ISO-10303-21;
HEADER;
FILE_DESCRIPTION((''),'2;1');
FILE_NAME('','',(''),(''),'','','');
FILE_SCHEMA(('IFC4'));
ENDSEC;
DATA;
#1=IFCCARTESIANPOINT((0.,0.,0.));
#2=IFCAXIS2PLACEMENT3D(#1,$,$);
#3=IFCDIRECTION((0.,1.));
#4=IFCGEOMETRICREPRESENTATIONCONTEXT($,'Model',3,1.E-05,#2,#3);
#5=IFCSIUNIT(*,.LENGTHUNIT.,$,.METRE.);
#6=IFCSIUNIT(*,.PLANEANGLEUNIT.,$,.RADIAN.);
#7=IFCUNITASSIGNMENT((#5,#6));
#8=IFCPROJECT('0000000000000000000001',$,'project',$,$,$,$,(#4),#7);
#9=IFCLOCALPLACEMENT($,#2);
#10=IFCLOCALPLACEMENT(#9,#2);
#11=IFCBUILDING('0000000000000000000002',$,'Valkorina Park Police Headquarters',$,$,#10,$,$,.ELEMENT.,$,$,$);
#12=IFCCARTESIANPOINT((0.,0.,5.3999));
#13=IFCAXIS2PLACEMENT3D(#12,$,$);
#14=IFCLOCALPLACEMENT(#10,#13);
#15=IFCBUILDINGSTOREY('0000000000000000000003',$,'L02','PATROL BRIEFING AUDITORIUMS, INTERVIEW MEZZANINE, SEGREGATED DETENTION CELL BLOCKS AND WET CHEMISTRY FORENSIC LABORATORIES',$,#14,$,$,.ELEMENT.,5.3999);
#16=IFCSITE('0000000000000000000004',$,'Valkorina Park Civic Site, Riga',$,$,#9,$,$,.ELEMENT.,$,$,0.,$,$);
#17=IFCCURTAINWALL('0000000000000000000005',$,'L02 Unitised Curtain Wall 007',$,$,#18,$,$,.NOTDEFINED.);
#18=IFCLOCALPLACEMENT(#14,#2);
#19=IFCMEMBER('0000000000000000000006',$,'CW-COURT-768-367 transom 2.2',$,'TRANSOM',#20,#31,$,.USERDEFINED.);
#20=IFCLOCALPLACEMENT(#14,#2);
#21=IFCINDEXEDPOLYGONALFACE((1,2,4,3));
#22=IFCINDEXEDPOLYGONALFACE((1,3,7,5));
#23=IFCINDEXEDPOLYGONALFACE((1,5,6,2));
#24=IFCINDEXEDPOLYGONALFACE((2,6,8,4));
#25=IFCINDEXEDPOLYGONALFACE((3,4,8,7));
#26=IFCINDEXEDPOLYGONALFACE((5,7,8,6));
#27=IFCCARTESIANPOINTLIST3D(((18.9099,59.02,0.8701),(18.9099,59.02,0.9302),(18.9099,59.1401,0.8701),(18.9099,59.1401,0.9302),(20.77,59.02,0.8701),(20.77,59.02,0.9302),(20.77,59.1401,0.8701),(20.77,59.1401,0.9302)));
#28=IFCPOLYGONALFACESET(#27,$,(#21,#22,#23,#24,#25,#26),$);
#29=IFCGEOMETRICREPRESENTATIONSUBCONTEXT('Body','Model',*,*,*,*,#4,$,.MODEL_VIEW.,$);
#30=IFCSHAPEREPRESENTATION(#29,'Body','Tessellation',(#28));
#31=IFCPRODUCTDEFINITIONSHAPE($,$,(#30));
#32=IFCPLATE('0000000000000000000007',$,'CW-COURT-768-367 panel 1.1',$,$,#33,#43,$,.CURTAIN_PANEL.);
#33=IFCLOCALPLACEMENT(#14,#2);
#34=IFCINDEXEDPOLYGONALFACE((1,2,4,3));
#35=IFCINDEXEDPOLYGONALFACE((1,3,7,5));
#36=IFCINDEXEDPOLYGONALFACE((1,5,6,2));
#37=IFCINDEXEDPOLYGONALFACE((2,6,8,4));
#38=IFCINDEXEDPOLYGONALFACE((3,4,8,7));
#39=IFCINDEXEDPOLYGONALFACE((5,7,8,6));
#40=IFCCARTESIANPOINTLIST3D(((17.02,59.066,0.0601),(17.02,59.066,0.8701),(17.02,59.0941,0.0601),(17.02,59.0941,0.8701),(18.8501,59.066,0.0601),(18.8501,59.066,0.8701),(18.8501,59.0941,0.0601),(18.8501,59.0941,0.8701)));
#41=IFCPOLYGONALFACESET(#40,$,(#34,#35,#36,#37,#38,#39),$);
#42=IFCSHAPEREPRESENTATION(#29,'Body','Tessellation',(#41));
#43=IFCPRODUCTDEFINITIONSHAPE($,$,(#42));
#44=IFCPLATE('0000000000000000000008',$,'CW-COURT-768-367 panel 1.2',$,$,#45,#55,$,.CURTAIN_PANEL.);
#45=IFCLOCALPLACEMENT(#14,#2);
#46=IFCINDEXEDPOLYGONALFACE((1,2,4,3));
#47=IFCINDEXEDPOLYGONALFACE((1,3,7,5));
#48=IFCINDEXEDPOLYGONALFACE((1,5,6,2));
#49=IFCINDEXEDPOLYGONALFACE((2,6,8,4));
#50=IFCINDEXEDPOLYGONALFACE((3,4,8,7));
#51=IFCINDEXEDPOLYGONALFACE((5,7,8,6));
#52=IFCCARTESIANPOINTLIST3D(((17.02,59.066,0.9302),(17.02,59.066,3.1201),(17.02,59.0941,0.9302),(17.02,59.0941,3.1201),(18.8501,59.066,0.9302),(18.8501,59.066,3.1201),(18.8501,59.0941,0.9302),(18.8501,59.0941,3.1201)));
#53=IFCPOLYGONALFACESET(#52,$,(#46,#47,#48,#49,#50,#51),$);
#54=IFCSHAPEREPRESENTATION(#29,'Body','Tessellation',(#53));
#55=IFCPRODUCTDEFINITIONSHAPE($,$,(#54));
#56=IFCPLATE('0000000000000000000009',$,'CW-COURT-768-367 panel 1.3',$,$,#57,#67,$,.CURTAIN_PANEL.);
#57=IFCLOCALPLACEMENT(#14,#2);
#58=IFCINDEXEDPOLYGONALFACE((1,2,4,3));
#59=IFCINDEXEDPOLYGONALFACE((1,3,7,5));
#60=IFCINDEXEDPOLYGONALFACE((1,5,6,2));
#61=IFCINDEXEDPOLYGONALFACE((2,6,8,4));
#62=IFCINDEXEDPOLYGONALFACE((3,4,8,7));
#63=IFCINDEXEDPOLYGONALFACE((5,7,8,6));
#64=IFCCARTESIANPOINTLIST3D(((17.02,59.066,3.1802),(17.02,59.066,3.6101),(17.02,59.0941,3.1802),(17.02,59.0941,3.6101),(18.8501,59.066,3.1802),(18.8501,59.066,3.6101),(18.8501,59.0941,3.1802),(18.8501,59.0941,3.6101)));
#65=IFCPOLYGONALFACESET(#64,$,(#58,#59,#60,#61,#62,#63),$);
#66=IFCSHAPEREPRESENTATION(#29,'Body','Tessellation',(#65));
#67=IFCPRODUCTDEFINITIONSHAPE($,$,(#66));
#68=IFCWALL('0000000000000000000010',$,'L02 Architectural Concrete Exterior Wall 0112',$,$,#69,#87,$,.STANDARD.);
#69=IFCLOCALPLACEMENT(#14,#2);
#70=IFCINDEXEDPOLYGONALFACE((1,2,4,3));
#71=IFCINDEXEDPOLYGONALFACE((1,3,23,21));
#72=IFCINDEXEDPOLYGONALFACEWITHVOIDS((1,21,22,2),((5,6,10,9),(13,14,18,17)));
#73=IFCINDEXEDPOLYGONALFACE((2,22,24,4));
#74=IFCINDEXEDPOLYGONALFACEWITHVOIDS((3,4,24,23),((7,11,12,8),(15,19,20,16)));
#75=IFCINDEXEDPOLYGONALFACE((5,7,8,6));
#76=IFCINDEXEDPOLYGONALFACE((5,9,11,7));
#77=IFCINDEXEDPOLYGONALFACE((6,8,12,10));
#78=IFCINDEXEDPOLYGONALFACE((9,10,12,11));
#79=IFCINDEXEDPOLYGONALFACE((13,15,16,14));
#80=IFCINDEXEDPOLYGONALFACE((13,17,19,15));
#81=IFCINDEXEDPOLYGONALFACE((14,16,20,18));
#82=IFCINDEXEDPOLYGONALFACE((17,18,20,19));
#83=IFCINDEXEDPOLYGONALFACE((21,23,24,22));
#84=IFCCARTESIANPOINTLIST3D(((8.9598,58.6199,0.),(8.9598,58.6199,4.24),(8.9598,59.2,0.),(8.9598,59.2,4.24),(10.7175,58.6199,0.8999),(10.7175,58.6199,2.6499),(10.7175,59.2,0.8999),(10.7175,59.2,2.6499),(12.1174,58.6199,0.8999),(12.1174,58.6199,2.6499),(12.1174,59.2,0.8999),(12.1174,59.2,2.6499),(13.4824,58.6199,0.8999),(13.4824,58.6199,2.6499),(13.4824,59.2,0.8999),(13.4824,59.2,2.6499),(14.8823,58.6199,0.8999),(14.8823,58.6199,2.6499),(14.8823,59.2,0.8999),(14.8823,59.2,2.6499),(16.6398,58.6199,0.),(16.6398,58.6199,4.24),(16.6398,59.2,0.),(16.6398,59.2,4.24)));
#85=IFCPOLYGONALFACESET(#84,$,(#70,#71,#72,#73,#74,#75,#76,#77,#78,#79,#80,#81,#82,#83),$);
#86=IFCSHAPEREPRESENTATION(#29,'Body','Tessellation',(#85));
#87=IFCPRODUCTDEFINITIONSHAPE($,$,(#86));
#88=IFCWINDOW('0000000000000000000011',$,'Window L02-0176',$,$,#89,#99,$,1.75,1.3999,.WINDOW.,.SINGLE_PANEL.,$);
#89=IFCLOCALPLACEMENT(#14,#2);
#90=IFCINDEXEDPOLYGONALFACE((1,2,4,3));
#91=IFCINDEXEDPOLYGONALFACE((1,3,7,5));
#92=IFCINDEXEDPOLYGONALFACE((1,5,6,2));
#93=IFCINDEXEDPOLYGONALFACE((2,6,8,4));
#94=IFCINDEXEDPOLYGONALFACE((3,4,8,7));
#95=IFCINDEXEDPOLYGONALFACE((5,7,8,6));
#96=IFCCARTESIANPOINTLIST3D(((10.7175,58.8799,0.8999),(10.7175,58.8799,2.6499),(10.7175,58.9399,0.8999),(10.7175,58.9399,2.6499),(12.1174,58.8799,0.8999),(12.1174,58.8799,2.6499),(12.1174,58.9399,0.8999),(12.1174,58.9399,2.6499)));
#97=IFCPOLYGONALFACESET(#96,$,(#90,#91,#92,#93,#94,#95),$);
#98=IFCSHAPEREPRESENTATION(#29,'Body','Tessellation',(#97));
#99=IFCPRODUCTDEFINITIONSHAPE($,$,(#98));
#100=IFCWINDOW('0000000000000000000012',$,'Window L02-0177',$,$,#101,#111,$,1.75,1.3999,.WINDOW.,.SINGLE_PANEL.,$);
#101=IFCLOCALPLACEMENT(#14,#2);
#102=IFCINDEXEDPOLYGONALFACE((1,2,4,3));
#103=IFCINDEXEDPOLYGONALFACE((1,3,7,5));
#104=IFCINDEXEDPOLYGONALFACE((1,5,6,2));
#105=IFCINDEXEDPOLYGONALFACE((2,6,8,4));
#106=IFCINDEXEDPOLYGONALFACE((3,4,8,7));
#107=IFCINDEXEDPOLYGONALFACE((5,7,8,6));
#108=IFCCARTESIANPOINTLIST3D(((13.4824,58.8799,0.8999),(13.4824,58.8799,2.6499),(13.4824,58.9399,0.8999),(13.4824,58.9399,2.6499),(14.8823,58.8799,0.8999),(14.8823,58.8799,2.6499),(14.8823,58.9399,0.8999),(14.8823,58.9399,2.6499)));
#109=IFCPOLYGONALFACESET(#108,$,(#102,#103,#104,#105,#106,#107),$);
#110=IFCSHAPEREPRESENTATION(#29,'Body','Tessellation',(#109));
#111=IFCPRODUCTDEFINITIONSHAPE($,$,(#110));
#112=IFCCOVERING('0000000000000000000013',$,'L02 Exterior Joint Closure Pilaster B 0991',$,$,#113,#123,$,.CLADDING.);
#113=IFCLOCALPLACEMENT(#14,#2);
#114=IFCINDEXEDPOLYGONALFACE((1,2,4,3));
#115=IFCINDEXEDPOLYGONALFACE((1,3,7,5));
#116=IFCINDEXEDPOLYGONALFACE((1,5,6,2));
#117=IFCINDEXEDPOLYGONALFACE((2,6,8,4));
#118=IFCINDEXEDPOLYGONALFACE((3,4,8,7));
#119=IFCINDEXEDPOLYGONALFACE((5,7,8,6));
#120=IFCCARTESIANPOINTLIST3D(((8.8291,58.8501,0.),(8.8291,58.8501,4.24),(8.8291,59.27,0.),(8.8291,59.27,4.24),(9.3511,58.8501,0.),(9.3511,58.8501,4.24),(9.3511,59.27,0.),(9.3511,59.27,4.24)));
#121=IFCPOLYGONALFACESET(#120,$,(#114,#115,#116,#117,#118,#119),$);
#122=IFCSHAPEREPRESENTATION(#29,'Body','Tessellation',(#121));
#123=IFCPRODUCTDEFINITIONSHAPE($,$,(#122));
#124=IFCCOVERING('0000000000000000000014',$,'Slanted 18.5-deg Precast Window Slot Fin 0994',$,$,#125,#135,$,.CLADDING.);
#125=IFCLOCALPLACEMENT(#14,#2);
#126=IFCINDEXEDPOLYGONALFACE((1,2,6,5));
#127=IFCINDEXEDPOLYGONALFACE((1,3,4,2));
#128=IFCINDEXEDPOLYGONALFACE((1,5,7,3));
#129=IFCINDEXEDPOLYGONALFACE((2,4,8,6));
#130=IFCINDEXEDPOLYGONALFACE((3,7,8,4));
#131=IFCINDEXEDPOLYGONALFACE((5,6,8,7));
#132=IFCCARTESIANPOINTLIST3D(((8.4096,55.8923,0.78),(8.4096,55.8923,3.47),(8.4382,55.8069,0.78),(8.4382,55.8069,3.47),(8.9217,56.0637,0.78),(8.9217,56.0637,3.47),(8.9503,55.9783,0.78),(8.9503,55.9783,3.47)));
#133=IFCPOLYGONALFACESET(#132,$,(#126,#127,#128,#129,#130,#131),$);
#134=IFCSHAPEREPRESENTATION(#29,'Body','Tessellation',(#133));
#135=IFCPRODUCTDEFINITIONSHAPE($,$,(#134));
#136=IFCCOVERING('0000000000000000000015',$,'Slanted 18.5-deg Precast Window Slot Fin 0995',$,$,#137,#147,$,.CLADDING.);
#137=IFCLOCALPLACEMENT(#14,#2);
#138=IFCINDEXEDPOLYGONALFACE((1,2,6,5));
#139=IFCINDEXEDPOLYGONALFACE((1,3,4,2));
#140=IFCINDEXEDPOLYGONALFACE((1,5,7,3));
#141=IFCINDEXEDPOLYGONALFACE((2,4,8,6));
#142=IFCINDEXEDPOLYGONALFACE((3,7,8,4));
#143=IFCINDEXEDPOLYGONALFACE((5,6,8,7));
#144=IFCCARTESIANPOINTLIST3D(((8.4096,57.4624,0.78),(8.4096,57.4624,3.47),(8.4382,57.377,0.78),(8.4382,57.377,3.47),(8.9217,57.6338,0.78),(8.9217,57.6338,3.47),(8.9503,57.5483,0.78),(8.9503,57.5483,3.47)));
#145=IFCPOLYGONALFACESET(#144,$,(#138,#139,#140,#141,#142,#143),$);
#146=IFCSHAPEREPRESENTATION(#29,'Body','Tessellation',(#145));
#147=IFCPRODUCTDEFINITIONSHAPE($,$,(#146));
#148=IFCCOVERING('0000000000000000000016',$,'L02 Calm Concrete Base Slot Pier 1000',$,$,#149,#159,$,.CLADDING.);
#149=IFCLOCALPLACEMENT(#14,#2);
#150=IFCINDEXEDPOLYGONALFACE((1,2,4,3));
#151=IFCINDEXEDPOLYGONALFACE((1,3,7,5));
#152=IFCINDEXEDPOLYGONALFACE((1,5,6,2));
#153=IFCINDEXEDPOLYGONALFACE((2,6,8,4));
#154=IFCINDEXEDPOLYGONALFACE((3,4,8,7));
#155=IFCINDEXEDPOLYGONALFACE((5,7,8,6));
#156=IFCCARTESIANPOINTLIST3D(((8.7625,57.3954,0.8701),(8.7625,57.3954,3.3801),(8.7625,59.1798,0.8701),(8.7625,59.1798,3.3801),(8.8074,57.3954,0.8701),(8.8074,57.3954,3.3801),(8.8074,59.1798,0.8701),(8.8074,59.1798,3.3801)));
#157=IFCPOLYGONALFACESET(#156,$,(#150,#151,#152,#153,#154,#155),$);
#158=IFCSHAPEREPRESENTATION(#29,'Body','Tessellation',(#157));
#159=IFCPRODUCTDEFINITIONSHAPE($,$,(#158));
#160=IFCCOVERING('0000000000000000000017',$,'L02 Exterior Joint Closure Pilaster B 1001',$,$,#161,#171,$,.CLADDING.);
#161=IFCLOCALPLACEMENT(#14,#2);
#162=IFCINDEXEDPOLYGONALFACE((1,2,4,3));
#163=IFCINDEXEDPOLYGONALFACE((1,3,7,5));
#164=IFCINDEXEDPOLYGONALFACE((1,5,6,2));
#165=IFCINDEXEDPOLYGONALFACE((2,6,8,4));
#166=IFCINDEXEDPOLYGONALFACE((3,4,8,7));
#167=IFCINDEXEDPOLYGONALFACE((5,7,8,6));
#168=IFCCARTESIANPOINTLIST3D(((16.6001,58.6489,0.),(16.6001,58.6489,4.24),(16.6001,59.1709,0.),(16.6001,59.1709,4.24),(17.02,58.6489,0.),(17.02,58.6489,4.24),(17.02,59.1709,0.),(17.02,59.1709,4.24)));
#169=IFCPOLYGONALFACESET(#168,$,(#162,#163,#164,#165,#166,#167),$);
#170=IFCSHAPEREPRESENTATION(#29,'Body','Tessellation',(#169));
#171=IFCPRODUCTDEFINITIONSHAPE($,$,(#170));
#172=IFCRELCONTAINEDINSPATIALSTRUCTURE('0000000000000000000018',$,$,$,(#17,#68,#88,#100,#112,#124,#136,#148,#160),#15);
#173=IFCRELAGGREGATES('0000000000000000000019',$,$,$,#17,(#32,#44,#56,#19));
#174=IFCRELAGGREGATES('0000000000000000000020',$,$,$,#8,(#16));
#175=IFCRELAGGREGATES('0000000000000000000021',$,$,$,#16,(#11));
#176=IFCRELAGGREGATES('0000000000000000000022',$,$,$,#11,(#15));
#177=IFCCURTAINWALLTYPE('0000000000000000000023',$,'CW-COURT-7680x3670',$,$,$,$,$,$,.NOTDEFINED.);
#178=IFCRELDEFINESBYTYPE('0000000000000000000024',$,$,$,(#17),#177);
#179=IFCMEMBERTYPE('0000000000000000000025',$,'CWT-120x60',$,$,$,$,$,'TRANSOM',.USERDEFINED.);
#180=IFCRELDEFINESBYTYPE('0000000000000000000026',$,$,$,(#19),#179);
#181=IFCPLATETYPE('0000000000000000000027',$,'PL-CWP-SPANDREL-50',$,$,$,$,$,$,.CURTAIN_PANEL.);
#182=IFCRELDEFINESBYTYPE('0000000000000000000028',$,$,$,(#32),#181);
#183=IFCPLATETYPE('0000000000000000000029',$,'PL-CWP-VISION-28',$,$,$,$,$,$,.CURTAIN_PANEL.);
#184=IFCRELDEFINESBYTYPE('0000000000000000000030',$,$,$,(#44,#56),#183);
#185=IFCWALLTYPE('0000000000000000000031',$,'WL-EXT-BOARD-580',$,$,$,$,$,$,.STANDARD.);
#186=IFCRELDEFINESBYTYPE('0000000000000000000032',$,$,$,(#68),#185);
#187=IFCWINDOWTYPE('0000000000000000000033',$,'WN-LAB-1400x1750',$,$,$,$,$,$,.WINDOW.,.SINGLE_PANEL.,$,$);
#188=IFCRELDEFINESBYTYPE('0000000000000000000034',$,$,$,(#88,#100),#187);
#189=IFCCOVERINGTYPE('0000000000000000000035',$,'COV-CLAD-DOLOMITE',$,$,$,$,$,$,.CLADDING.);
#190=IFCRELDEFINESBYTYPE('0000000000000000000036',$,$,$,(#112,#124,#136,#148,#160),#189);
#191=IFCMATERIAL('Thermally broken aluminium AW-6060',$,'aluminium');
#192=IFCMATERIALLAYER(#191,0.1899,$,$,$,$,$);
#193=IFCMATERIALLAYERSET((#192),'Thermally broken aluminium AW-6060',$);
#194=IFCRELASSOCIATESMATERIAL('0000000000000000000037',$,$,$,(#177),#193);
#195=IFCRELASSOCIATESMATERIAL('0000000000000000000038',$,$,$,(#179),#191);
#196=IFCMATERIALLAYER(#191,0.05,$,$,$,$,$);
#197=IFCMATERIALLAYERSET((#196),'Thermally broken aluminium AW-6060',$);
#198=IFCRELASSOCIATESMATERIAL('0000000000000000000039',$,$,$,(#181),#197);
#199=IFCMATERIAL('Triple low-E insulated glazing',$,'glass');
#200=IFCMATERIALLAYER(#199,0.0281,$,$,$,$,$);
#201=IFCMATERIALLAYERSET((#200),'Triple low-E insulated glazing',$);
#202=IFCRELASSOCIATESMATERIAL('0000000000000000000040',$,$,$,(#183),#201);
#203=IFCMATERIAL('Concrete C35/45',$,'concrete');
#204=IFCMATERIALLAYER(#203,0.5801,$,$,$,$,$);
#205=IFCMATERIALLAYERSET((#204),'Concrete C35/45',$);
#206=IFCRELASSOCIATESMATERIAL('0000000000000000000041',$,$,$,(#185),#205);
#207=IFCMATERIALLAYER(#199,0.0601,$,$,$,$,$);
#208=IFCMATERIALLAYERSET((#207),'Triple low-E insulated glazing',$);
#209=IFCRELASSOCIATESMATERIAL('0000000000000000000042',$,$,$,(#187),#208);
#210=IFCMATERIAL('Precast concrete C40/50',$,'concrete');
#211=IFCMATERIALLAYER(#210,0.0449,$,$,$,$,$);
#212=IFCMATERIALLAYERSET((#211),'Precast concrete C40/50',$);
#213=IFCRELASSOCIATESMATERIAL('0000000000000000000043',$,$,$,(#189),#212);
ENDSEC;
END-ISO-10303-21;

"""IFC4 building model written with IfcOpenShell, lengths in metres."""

from ifc_helpers import new_model, si_unit, direction, frame, frame_2d, origin, origin_2d, place, context, subcontext, project, spatial, rectangle, extrude, material, layer, layer_set, material_profile, profile_set, type_object, element, fill, aggregate, save


model = new_model("IFC4")

# Units and contexts
model_context = context("Model", 3, precision=1e-05, world=origin(), true_north=direction((0.0, 1.0)))
body_context = subcontext(model_context, "Body", "Model", "MODEL_VIEW")
ifc_project = project(units=[si_unit("LENGTHUNIT", "METRE"), si_unit("PLANEANGLEUNIT", "RADIAN")], contexts=[model_context])

# Site, building, storey
site_placement = place(None, origin())
site = spatial("IfcSite", under=ifc_project, at=site_placement, Name="Valkorina Park Civic Site, Riga", CompositionType="ELEMENT", RefElevation=0.0)
building_placement = place(site_placement, origin())
building = spatial("IfcBuilding", under=site, at=building_placement, Name="Valkorina Park Police Headquarters", CompositionType="ELEMENT")
storey_placement = place(building_placement, frame((0.0, 0.0, 5.3999)))
storey = spatial("IfcBuildingStorey", under=building, at=storey_placement, Name="L02", Description="PATROL BRIEFING AUDITORIUMS, INTERVIEW MEZZANINE, SEGREGATED DETENTION CELL BLOCKS AND WET CHEMISTRY FORENSIC LABORATORIES", CompositionType="ELEMENT", Elevation=5.3999)

# Curtain wall, member, plates
ifc_material_1 = material(Name="Thermally broken aluminium AW-6060", Category="aluminium")
ifc_layer_1 = layer(ifc_material_1, 0.1899)
ifc_layer_set_1 = layer_set([ifc_layer_1], Name="Thermally broken aluminium AW-6060")
curtain_wall_type = type_object("IfcCurtainWallType", Name="CW-COURT-7680x3670", PredefinedType="NOTDEFINED", material=ifc_layer_set_1)
curtain_wall_placement = place(storey_placement, origin())
curtain_wall = element("IfcCurtainWall", 1, at=curtain_wall_placement, inside=storey, type_object=curtain_wall_type, Name="L02 Unitised Curtain Wall 007", PredefinedType="NOTDEFINED")
ifc_material_profile_1 = material_profile(ifc_material_1, rectangle(XDim=0.1201, YDim=0.0601, at=origin_2d()), Name="CWT-01 120x60")
ifc_profile_set_1 = profile_set([ifc_material_profile_1], Name="Thermally broken aluminium AW-6060")
member_type_1 = type_object("IfcMemberType", Name="CWT-120x60", ElementType="TRANSOM", PredefinedType="USERDEFINED", material=ifc_profile_set_1)
member_1_placement = place(storey_placement, frame((18.9099, 59.0801, 0.9001), z_axis=(1.0, 0.0, 0.0), x_axis=(0.0, 1.0, 0.0)))
member_1 = element("IfcMember", 2, at=member_1_placement, type_object=member_type_1, Name="CW-COURT-768-367 transom 2.2", ObjectType="TRANSOM", PredefinedType="USERDEFINED", context=body_context, shape_type="SweptSolid", body=[
    extrude(rectangle(XDim=0.1201, YDim=0.0601, at=origin_2d()), origin(), (0.0, 0.0, 1.0), 1.8601),
])
ifc_layer_2 = layer(ifc_material_1, 0.05)
ifc_layer_set_2 = layer_set([ifc_layer_2], Name="Thermally broken aluminium AW-6060")
plate_type_1 = type_object("IfcPlateType", Name="PL-CWP-SPANDREL-50", PredefinedType="CURTAIN_PANEL", material=ifc_layer_set_2)
plate_1_placement = place(storey_placement, frame((17.9351, 59.0801, 0.0601), z_axis=(0.0, 0.0, 1.0), x_axis=(1.0, 0.0, 0.0)))
plate_1 = element("IfcPlate", 3, at=plate_1_placement, type_object=plate_type_1, Name="CW-COURT-768-367 panel 1.1", PredefinedType="CURTAIN_PANEL", context=body_context, shape_type="SweptSolid", body=[
    extrude(rectangle(XDim=1.8301, YDim=0.0281, at=origin_2d()), origin(), (0.0, 0.0, 1.0), 0.8101),
])
ifc_material_2 = material(Name="Triple low-E insulated glazing", Category="glass")
ifc_layer_3 = layer(ifc_material_2, 0.0281)
ifc_layer_set_3 = layer_set([ifc_layer_3], Name="Triple low-E insulated glazing")
plate_type_2 = type_object("IfcPlateType", Name="PL-CWP-VISION-28", PredefinedType="CURTAIN_PANEL", material=ifc_layer_set_3)
plate_2_placement = place(storey_placement, frame((17.9351, 59.0801, 0.9302), z_axis=(0.0, 0.0, 1.0), x_axis=(1.0, 0.0, 0.0)))
plate_2 = element("IfcPlate", 4, at=plate_2_placement, type_object=plate_type_2, Name="CW-COURT-768-367 panel 1.2", PredefinedType="CURTAIN_PANEL", context=body_context, shape_type="SweptSolid", body=[
    extrude(rectangle(XDim=1.8301, YDim=0.0281, at=origin_2d()), origin(), (0.0, 0.0, 1.0), 2.1899),
])
plate_3_placement = place(storey_placement, frame((17.9351, 59.0801, 3.1802), z_axis=(0.0, 0.0, 1.0), x_axis=(1.0, 0.0, 0.0)))
plate_3 = element("IfcPlate", 5, at=plate_3_placement, type_object=plate_type_2, Name="CW-COURT-768-367 panel 1.3", PredefinedType="CURTAIN_PANEL", context=body_context, shape_type="SweptSolid", body=[
    extrude(rectangle(XDim=1.8301, YDim=0.0281, at=origin_2d()), origin(), (0.0, 0.0, 1.0), 0.4299),
])
aggregate(curtain_wall, [plate_1, plate_2, plate_3, member_1])

# Wall, openings, windows
ifc_material_3 = material(Name="Concrete C35/45", Category="concrete")
ifc_layer_4 = layer(ifc_material_3, 0.5801)
ifc_layer_set_4 = layer_set([ifc_layer_4], Name="Concrete C35/45")
wall_type = type_object("IfcWallType", Name="WL-EXT-BOARD-580", PredefinedType="STANDARD", material=ifc_layer_set_4)
wall_placement = place(storey_placement, frame((8.96, 58.9099, 0.0), z_axis=(0.0, 0.0, 1.0), x_axis=(1.0, 0.0, 0.0)))
wall = element("IfcWall", 6, at=wall_placement, inside=storey, type_object=wall_type, Name="L02 Architectural Concrete Exterior Wall 0112", PredefinedType="STANDARD", context=body_context, shape_type="SweptSolid", body=[
    extrude(rectangle(XDim=7.6799, YDim=0.5801, at=frame_2d((3.8398, 0.0))), origin(), (0.0, 0.0, 1.0), 4.24),
])
opening_1_placement = place(wall_placement, frame((1.7576, 0.0, 0.8999)))
opening_1 = element("IfcOpeningElement", 7, at=opening_1_placement, cuts=wall, PredefinedType="OPENING", context=body_context, shape_type="SweptSolid", body=[
    extrude(rectangle(XDim=1.3999, YDim=1.75, at=frame_2d((0.7, 0.875))), frame((0.0, 0.3, 0.0), z_axis=(0.0, -1.0, 0.0), x_axis=(1.0, 0.0, 0.0)), (0.0, 0.0, 1.0), 0.6001),
])
opening_2_placement = place(wall_placement, frame((4.5225, 0.0, 0.8999)))
opening_2 = element("IfcOpeningElement", 8, at=opening_2_placement, cuts=wall, PredefinedType="OPENING", context=body_context, shape_type="SweptSolid", body=[
    extrude(rectangle(XDim=1.3999, YDim=1.75, at=frame_2d((0.7, 0.875))), frame((0.0, 0.3, 0.0), z_axis=(0.0, -1.0, 0.0), x_axis=(1.0, 0.0, 0.0)), (0.0, 0.0, 1.0), 0.6001),
])
ifc_layer_5 = layer(ifc_material_2, 0.0601)
ifc_layer_set_5 = layer_set([ifc_layer_5], Name="Triple low-E insulated glazing")
window_type = type_object("IfcWindowType", Name="WN-LAB-1400x1750", PartitioningType="SINGLE_PANEL", PredefinedType="WINDOW", material=ifc_layer_set_5)
window_1_placement = place(opening_1_placement, origin())
window_1 = element("IfcWindow", 9, at=window_1_placement, inside=storey, type_object=window_type, Name="Window L02-0176", OverallHeight=1.75, OverallWidth=1.3999, PartitioningType="SINGLE_PANEL", PredefinedType="WINDOW", context=body_context, shape_type="SweptSolid", body=[
    extrude(rectangle(XDim=1.3999, YDim=1.75, at=frame_2d((0.7, 0.875))), frame((0.0, 0.03, 0.0), z_axis=(0.0, -1.0, 0.0), x_axis=(1.0, 0.0, 0.0)), (0.0, 0.0, 1.0), 0.0601),
])
fill(opening_1, window_1)
window_2_placement = place(opening_2_placement, origin())
window_2 = element("IfcWindow", 10, at=window_2_placement, inside=storey, type_object=window_type, Name="Window L02-0177", OverallHeight=1.75, OverallWidth=1.3999, PartitioningType="SINGLE_PANEL", PredefinedType="WINDOW", context=body_context, shape_type="SweptSolid", body=[
    extrude(rectangle(XDim=1.3999, YDim=1.75, at=frame_2d((0.7, 0.875))), frame((0.0, 0.03, 0.0), z_axis=(0.0, -1.0, 0.0), x_axis=(1.0, 0.0, 0.0)), (0.0, 0.0, 1.0), 0.0601),
])
fill(opening_2, window_2)

# Coverings
ifc_material_4 = material(Name="Precast concrete C40/50", Category="concrete")
ifc_layer_6 = layer(ifc_material_4, 0.0449)
ifc_layer_set_6 = layer_set([ifc_layer_6], Name="Precast concrete C40/50")
covering_type = type_object("IfcCoveringType", Name="COV-CLAD-DOLOMITE", PredefinedType="CLADDING", material=ifc_layer_set_6)
covering_1_placement = place(storey_placement, frame((9.0901, 59.0601, 0.0), z_axis=(0.0, 0.0, 1.0), x_axis=(0.0, 1.0, 0.0)))
element("IfcCovering", 11, at=covering_1_placement, inside=storey, type_object=covering_type, Name="L02 Exterior Joint Closure Pilaster B 0991", PredefinedType="CLADDING", context=body_context, shape_type="SweptSolid", body=[
    extrude(rectangle(XDim=0.4199, YDim=0.522, at=origin_2d()), origin(), (0.0, 0.0, 1.0), 4.24),
])
for number, where, z_axis, x_axis, name in (
    (12, (8.6799, 55.9353, 0.78), (0.0, 0.0, 1.0), (-0.948324, -0.317305, 0.0), "Slanted 18.5-deg Precast Window Slot Fin 0994"),
    (13, (8.6799, 57.5054, 0.78), (0.0, 0.0, 1.0), (-0.948324, -0.317305, 0.0), "Slanted 18.5-deg Precast Window Slot Fin 0995"),
):
    element("IfcCovering", number, at=place(storey_placement, frame(where, z_axis=z_axis, x_axis=x_axis)), inside=storey, type_object=covering_type, Name=name, PredefinedType="CLADDING", context=body_context, shape_type="SweptSolid", body=[
        extrude(rectangle(XDim=0.54, YDim=0.0901, at=origin_2d()), origin(), (0.0, 0.0, 1.0), 2.6899),
    ])
covering_2_placement = place(storey_placement, frame((8.7849, 57.3955, 0.8701), z_axis=(0.0, 0.0, 1.0), x_axis=(0.0, 1.0, 0.0)))
element("IfcCovering", 14, at=covering_2_placement, inside=storey, type_object=covering_type, Name="L02 Calm Concrete Base Slot Pier 1000", PredefinedType="CLADDING", context=body_context, shape_type="SweptSolid", body=[
    extrude(rectangle(XDim=1.7844, YDim=0.0449, at=frame_2d((0.8921, 0.0))), origin(), (0.0, 0.0, 1.0), 2.51),
])
covering_3_placement = place(storey_placement, frame((16.8101, 58.9099, 0.0), z_axis=(0.0, 0.0, 1.0), x_axis=(1.0, 0.0, 0.0)))
element("IfcCovering", 15, at=covering_3_placement, inside=storey, type_object=covering_type, Name="L02 Exterior Joint Closure Pilaster B 1001", PredefinedType="CLADDING", context=body_context, shape_type="SweptSolid", body=[
    extrude(rectangle(XDim=0.4199, YDim=0.522, at=origin_2d()), origin(), (0.0, 0.0, 1.0), 4.24),
])

save(model, "model.ifc")
